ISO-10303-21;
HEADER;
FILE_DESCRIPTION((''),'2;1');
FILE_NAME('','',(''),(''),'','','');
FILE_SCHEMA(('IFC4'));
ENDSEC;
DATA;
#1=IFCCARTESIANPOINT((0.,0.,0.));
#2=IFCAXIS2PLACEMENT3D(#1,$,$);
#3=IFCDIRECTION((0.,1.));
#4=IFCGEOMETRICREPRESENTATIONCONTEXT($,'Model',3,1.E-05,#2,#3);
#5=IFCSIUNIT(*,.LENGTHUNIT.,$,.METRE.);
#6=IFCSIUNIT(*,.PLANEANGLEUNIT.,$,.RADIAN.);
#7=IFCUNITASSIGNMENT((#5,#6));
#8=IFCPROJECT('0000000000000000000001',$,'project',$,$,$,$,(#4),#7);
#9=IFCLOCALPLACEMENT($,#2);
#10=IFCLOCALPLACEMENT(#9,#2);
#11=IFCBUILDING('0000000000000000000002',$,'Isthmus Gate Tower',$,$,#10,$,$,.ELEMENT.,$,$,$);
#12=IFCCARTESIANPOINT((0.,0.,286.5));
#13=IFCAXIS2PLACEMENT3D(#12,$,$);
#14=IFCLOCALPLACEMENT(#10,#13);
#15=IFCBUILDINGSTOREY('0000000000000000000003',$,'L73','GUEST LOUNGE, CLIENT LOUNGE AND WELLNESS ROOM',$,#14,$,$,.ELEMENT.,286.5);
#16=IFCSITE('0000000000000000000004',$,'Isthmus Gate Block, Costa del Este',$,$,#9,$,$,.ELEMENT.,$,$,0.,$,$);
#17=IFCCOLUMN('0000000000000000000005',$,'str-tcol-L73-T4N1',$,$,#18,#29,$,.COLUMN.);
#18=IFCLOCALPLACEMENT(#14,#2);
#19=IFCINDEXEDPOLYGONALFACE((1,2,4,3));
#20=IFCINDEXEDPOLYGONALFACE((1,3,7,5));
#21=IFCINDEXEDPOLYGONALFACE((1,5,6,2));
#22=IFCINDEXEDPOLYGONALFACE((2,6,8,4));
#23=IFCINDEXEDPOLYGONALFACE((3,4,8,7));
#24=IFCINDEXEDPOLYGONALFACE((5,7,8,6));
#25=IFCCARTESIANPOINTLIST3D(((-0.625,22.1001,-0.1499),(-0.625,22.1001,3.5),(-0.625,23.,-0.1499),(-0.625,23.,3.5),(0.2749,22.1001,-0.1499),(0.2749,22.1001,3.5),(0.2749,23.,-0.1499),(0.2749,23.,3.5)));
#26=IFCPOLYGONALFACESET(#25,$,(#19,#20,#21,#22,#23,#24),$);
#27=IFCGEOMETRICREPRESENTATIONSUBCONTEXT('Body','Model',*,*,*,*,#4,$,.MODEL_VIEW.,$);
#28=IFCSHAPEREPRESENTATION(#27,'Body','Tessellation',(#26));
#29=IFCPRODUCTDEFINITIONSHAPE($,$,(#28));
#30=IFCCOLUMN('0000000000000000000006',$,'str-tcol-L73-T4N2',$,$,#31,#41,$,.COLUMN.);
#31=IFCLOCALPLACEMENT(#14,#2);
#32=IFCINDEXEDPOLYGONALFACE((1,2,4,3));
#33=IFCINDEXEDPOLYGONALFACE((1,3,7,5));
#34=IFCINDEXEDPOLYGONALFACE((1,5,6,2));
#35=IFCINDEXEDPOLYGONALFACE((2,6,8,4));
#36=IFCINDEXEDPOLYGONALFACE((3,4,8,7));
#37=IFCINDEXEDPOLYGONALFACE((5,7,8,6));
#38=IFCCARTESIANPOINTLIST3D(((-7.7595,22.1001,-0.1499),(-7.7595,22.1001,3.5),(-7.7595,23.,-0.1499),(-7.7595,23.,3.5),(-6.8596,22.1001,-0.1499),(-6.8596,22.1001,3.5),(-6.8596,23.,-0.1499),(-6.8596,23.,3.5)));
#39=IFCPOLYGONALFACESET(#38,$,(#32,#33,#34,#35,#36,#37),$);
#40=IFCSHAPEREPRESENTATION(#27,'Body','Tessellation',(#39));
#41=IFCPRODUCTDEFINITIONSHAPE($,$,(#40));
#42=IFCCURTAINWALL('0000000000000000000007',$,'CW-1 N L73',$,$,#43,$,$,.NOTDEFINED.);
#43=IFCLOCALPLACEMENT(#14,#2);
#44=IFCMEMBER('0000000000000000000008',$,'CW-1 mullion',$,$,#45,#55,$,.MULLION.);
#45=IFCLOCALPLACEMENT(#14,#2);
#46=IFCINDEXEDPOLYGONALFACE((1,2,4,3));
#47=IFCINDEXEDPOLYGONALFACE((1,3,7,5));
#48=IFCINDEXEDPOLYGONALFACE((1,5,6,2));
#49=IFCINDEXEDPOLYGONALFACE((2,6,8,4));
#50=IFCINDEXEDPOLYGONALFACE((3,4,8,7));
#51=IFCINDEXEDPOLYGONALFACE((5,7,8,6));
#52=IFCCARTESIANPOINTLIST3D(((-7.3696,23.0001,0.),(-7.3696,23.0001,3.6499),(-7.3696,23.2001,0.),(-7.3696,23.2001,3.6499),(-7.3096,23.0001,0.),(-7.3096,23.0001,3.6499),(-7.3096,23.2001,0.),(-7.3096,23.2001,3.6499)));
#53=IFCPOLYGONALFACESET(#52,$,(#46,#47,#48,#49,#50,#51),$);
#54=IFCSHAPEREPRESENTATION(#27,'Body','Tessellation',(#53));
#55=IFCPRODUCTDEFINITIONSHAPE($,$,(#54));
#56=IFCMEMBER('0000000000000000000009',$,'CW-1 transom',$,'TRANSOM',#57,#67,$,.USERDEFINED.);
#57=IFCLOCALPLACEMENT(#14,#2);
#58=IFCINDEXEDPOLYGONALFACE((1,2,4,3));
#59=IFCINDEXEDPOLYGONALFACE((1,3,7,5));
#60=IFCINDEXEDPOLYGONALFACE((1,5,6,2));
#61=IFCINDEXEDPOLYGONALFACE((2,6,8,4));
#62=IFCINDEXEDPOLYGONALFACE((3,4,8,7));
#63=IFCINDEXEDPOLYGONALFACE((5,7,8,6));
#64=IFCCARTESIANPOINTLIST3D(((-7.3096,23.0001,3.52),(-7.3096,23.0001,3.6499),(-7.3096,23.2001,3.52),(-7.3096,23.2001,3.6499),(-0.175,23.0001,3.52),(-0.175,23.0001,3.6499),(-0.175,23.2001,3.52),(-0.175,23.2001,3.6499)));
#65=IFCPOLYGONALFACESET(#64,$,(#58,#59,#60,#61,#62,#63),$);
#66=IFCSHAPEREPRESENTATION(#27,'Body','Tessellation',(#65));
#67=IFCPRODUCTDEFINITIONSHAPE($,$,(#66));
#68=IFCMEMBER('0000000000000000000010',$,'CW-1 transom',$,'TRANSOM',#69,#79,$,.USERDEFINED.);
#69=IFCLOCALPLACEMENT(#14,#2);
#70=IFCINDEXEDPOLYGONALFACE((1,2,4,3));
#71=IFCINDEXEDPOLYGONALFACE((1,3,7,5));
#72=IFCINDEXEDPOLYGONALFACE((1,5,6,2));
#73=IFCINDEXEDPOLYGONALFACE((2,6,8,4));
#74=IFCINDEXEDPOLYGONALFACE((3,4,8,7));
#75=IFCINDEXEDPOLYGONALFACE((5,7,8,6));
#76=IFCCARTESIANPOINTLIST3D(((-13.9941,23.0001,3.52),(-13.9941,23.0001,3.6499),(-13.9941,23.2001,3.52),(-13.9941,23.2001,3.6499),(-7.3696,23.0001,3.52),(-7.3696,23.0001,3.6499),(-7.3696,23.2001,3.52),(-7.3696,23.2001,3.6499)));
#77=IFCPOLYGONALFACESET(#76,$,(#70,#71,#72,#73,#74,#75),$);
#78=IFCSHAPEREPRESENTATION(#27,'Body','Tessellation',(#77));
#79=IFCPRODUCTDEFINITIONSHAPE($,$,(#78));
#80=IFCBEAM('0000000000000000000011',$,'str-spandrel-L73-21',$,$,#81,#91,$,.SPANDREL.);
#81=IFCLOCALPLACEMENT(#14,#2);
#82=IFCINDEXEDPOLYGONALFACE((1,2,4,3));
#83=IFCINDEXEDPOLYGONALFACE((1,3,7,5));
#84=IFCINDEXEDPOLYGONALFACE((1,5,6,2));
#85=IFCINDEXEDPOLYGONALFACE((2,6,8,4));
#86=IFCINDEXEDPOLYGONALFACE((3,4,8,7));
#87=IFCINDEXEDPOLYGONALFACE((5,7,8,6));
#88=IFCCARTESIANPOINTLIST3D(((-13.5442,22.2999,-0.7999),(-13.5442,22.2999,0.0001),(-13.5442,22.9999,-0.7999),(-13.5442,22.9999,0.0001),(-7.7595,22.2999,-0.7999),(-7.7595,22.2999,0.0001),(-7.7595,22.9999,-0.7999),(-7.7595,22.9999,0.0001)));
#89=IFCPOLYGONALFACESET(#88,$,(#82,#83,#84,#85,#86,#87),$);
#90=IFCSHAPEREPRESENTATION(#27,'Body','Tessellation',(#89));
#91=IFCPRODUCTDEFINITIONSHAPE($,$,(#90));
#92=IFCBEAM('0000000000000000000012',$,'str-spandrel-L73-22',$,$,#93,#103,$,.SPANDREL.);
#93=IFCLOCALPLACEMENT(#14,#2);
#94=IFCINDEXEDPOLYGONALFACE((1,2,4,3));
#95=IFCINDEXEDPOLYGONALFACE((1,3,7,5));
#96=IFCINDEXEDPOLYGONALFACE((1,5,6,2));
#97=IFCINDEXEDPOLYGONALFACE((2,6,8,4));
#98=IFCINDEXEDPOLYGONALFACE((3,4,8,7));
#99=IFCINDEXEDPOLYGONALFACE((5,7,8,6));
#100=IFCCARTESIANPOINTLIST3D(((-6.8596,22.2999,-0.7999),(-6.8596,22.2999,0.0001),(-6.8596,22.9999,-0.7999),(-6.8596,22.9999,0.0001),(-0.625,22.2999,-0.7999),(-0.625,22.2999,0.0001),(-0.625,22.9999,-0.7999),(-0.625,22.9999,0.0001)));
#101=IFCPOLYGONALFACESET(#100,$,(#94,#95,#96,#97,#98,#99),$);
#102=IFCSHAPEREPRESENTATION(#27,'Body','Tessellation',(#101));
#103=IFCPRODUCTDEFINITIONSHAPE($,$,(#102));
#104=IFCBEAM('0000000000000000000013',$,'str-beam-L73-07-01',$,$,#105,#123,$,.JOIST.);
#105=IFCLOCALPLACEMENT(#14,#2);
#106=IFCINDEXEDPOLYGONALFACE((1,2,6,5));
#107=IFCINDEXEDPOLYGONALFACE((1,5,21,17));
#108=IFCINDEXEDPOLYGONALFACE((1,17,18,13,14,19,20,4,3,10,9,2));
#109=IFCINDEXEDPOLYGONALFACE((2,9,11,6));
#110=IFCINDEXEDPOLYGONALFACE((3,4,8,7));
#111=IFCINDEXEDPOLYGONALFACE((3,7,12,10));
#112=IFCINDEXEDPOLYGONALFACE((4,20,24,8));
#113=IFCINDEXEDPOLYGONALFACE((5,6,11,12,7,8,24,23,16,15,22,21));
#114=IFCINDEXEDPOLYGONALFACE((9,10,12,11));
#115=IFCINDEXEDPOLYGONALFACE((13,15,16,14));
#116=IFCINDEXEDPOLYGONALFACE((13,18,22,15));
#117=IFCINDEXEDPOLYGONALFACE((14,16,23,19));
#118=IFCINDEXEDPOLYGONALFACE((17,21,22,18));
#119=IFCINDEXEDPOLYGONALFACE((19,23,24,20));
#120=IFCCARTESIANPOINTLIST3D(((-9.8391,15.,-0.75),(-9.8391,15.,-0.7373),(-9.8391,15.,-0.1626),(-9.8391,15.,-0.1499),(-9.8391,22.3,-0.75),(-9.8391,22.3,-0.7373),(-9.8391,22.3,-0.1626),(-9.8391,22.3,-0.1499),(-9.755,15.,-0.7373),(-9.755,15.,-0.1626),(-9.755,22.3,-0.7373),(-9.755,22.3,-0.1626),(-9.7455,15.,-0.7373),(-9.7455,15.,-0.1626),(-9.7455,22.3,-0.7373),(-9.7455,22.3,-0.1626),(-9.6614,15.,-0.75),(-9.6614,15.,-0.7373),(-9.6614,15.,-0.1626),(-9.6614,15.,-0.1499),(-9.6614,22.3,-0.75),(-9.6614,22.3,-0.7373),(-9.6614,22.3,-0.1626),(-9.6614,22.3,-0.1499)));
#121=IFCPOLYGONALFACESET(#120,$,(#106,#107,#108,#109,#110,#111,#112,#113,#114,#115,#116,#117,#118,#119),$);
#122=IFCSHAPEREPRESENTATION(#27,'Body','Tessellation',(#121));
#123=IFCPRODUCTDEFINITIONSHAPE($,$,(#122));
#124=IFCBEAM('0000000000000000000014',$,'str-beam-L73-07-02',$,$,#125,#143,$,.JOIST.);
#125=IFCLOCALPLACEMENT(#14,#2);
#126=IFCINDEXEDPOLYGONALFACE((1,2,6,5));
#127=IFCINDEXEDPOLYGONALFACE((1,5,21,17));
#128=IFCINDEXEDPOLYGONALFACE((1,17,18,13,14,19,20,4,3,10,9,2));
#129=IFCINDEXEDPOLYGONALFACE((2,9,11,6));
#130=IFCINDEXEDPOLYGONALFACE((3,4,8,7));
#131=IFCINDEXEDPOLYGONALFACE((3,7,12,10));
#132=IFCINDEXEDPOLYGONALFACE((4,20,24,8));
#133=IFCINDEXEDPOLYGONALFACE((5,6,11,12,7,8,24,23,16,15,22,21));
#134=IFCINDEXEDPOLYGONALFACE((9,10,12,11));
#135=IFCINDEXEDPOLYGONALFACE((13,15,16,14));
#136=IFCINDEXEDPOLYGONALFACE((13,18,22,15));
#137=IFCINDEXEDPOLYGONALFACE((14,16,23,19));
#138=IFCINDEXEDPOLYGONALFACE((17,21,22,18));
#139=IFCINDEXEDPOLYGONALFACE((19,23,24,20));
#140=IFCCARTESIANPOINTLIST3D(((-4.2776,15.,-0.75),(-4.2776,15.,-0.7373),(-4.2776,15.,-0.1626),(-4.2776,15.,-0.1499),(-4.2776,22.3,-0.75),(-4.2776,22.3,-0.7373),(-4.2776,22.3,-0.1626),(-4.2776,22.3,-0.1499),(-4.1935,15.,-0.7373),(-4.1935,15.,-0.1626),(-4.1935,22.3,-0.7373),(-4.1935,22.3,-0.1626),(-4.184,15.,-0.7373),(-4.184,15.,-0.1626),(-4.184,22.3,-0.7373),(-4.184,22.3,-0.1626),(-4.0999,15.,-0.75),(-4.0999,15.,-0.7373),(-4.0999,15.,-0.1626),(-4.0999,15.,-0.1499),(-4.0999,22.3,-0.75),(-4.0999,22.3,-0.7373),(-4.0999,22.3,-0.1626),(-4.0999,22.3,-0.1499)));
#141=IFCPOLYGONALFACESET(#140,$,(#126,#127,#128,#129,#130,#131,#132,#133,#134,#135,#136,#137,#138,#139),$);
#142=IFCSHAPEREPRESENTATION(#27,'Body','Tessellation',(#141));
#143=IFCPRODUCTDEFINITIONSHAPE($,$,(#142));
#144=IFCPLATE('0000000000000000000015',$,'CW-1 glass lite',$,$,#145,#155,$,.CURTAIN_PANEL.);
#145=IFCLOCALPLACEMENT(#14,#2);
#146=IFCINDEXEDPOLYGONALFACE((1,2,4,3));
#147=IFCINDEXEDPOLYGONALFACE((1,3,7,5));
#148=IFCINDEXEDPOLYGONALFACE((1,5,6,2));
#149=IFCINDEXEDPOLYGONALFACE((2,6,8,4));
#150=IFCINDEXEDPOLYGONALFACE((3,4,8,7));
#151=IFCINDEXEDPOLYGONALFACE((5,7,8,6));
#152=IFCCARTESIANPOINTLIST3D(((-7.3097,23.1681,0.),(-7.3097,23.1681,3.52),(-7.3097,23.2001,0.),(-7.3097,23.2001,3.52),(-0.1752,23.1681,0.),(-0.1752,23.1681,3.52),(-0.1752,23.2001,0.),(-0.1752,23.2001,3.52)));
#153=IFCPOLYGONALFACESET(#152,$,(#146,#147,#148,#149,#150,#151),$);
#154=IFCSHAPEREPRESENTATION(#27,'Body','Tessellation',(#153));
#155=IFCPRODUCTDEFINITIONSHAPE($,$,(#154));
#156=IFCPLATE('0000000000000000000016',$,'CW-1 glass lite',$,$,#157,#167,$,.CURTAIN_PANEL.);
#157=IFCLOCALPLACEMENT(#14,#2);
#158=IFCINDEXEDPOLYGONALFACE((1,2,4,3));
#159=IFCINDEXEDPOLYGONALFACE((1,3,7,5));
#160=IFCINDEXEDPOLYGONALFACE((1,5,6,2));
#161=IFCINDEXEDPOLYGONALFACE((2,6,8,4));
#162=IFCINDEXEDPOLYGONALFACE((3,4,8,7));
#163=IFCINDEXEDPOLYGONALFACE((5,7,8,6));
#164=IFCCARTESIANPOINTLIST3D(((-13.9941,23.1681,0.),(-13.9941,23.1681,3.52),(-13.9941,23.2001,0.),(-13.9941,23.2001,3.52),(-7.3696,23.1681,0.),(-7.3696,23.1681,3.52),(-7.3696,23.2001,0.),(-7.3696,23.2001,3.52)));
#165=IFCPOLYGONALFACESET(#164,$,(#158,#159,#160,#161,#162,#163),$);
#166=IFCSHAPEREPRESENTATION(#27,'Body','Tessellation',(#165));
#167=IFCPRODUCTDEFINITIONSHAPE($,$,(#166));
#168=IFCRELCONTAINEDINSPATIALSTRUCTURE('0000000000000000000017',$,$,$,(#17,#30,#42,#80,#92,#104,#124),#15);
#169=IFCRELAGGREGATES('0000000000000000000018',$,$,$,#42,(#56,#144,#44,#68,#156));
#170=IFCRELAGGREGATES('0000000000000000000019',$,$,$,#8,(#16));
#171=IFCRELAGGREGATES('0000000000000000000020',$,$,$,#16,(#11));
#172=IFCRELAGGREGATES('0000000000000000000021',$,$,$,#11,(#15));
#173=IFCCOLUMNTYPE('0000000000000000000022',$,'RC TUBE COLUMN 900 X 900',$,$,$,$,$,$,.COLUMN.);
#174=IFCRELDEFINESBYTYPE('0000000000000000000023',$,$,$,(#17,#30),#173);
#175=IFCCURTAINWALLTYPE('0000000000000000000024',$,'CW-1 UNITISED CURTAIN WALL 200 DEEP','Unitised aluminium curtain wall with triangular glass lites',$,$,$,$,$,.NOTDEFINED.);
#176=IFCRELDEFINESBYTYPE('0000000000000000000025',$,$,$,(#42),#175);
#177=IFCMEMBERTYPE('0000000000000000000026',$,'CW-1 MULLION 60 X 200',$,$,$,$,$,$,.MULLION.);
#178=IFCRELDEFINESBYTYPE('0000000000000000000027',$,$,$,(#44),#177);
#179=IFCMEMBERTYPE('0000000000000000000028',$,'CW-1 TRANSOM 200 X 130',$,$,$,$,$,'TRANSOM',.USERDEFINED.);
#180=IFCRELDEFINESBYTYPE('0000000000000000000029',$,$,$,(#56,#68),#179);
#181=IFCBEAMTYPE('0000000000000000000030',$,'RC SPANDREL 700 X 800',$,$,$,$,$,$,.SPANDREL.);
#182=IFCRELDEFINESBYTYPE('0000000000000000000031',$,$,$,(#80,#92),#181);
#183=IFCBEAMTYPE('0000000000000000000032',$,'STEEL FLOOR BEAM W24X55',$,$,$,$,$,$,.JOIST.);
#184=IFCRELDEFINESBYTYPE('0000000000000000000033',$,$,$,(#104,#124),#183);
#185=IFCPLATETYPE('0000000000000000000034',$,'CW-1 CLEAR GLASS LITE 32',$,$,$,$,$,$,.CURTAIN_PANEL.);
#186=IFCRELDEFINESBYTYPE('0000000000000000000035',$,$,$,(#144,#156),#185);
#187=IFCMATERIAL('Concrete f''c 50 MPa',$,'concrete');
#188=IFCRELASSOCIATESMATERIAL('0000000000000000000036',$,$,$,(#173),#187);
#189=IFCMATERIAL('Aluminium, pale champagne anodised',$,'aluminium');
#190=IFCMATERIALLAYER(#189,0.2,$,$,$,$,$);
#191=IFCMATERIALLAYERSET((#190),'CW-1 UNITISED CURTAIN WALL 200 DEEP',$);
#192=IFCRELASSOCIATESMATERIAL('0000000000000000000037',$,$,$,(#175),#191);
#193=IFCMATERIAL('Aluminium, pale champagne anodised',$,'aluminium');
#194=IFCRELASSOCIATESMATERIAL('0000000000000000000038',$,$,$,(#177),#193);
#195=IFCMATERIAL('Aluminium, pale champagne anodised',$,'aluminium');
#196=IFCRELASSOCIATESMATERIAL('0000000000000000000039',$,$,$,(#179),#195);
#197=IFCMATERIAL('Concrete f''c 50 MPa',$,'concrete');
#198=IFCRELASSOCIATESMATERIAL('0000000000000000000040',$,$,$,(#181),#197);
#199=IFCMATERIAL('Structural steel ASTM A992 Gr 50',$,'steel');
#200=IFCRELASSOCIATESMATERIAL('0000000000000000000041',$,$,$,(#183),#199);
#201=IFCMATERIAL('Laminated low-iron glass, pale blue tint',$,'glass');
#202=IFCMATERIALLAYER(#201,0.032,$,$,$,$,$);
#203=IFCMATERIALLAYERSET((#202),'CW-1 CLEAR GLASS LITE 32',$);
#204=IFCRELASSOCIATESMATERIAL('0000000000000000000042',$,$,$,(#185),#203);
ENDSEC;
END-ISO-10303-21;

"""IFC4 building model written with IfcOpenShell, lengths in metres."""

from ifc_helpers import new_model, si_unit, direction, frame, origin, origin_2d, place, context, subcontext, project, spatial, rectangle, i_section, extrude, material, layer, layer_set, material_profile, profile_set, type_object, element, aggregate, save


model = new_model("IFC4")

# Units and contexts
model_context = context("Model", 3, precision=1e-05, world=origin(), true_north=direction((0.0, 1.0)))
body_context = subcontext(model_context, "Body", "Model", "MODEL_VIEW")
ifc_project = project(units=[si_unit("LENGTHUNIT", "METRE"), si_unit("PLANEANGLEUNIT", "RADIAN")], contexts=[model_context])

# Site, building, storey
site_placement = place(None, origin())
site = spatial("IfcSite", under=ifc_project, at=site_placement, Name="Isthmus Gate Block, Costa del Este", CompositionType="ELEMENT", RefElevation=0.0)
building_placement = place(site_placement, origin())
building = spatial("IfcBuilding", under=site, at=building_placement, Name="Isthmus Gate Tower", CompositionType="ELEMENT")
storey_placement = place(building_placement, frame((0.0, 0.0, 286.5)))
storey = spatial("IfcBuildingStorey", under=building, at=storey_placement, Name="L73", Description="GUEST LOUNGE, CLIENT LOUNGE AND WELLNESS ROOM", CompositionType="ELEMENT", Elevation=286.5)

# Columns
ifc_material_1 = material(Name="Concrete f'c 50 MPa", Category="concrete")
ifc_material_profile_1 = material_profile(ifc_material_1, rectangle(XDim=0.8999, YDim=0.8999, at=origin_2d()), Name="RC 900X900")
ifc_profile_set_1 = profile_set([ifc_material_profile_1], Name="Concrete f'c 50 MPa")
column_type = type_object("IfcColumnType", Name="RC TUBE COLUMN 900 X 900", PredefinedType="COLUMN", material=ifc_profile_set_1)
for number, where, z_axis, x_axis, name in (
    (1, (-0.175, 22.55, -0.1499), (0.0, 0.0, 1.0), (-1.0, 0.0, 0.0), "str-tcol-L73-T4N1"),
    (2, (-7.3096, 22.55, -0.1499), (0.0, 0.0, 1.0), (-1.0, 0.0, 0.0), "str-tcol-L73-T4N2"),
):
    element("IfcColumn", number, at=place(storey_placement, frame(where, z_axis=z_axis, x_axis=x_axis)), inside=storey, type_object=column_type, Name=name, PredefinedType="COLUMN", context=body_context, shape_type="SweptSolid", body=[
        extrude(rectangle(XDim=0.8999, YDim=0.8999, at=origin_2d()), origin(), (0.0, 0.0, 1.0), 3.6499),
    ])

# Curtain wall, members
ifc_material_2 = material(Name="Aluminium, pale champagne anodised", Category="aluminium")
ifc_layer_1 = layer(ifc_material_2, 0.2)
ifc_layer_set_1 = layer_set([ifc_layer_1], Name="CW-1 UNITISED CURTAIN WALL 200 DEEP")
curtain_wall_type = type_object("IfcCurtainWallType", Name="CW-1 UNITISED CURTAIN WALL 200 DEEP", Description="Unitised aluminium curtain wall with triangular glass lites", PredefinedType="NOTDEFINED", material=ifc_layer_set_1)
curtain_wall_placement = place(storey_placement, origin())
curtain_wall = element("IfcCurtainWall", 3, at=curtain_wall_placement, inside=storey, type_object=curtain_wall_type, Name="CW-1 N L73", PredefinedType="NOTDEFINED")
ifc_material_3 = material(Name="Aluminium, pale champagne anodised", Category="aluminium")
ifc_material_profile_2 = material_profile(ifc_material_3, rectangle(XDim=0.0601, YDim=0.2, at=origin_2d()), Name="60x200")
ifc_profile_set_2 = profile_set([ifc_material_profile_2], Name="Aluminium, pale champagne anodised")
member_type_1 = type_object("IfcMemberType", Name="CW-1 MULLION 60 X 200", PredefinedType="MULLION", material=ifc_profile_set_2)
member_1_placement = place(storey_placement, frame((-7.3396, 23.1001, 0.0), z_axis=(0.0, 0.0, 1.0), x_axis=(-1.0, 0.0, 0.0)))
member_1 = element("IfcMember", 4, at=member_1_placement, type_object=member_type_1, Name="CW-1 mullion", PredefinedType="MULLION", context=body_context, shape_type="SweptSolid", body=[
    extrude(rectangle(XDim=0.0601, YDim=0.2, at=origin_2d()), origin(), (0.0, 0.0, 1.0), 3.6499),
])
ifc_material_4 = material(Name="Aluminium, pale champagne anodised", Category="aluminium")
ifc_material_profile_3 = material_profile(ifc_material_4, rectangle(XDim=0.2, YDim=0.1299, at=origin_2d()), Name="200x130")
ifc_profile_set_3 = profile_set([ifc_material_profile_3], Name="Aluminium, pale champagne anodised")
member_type_2 = type_object("IfcMemberType", Name="CW-1 TRANSOM 200 X 130", ElementType="TRANSOM", PredefinedType="USERDEFINED", material=ifc_profile_set_3)
member_2_placement = place(storey_placement, frame((-0.175, 23.1001, 3.585), z_axis=(-1.0, 0.0, 0.0), x_axis=(0.0, -1.0, 0.0)))
member_2 = element("IfcMember", 5, at=member_2_placement, type_object=member_type_2, Name="CW-1 transom", ObjectType="TRANSOM", PredefinedType="USERDEFINED", context=body_context, shape_type="SweptSolid", body=[
    extrude(rectangle(XDim=0.2, YDim=0.1299, at=origin_2d()), origin(), (0.0, 0.0, 1.0), 7.1345),
])
member_3_placement = place(storey_placement, frame((-7.3696, 23.1001, 3.585), z_axis=(-1.0, 0.0, 0.0), x_axis=(0.0, -1.0, 0.0)))
member_3 = element("IfcMember", 6, at=member_3_placement, type_object=member_type_2, Name="CW-1 transom", ObjectType="TRANSOM", PredefinedType="USERDEFINED", context=body_context, shape_type="SweptSolid", body=[
    extrude(rectangle(XDim=0.2, YDim=0.1299, at=origin_2d()), origin(), (0.0, 0.0, 1.0), 6.6245),
])

# Beams
ifc_material_5 = material(Name="Concrete f'c 50 MPa", Category="concrete")
ifc_material_profile_4 = material_profile(ifc_material_5, rectangle(XDim=0.7, YDim=0.8, at=origin_2d()), Name="RC 700X800")
ifc_profile_set_4 = profile_set([ifc_material_profile_4], Name="Concrete f'c 50 MPa")
beam_type_1 = type_object("IfcBeamType", Name="RC SPANDREL 700 X 800", PredefinedType="SPANDREL", material=ifc_profile_set_4)
beam_1_placement = place(storey_placement, frame((-13.5442, 22.6499, -0.3999), z_axis=(1.0, 0.0, 0.0), x_axis=(0.0, 1.0, 0.0)))
element("IfcBeam", 7, at=beam_1_placement, inside=storey, type_object=beam_type_1, Name="str-spandrel-L73-21", PredefinedType="SPANDREL", context=body_context, shape_type="SweptSolid", body=[
    extrude(rectangle(XDim=0.7, YDim=0.8, at=origin_2d()), origin(), (0.0, 0.0, 1.0), 5.7847),
])
beam_2_placement = place(storey_placement, frame((-6.8596, 22.6499, -0.3999), z_axis=(1.0, 0.0, 0.0), x_axis=(0.0, 1.0, 0.0)))
element("IfcBeam", 8, at=beam_2_placement, inside=storey, type_object=beam_type_1, Name="str-spandrel-L73-22", PredefinedType="SPANDREL", context=body_context, shape_type="SweptSolid", body=[
    extrude(rectangle(XDim=0.7, YDim=0.8, at=origin_2d()), origin(), (0.0, 0.0, 1.0), 6.2346),
])
ifc_material_6 = material(Name="Structural steel ASTM A992 Gr 50", Category="steel")
ifc_material_profile_5 = material_profile(ifc_material_6, i_section(OverallWidth=0.1777, OverallDepth=0.6001, WebThickness=0.0095, FlangeThickness=0.0127, at=origin_2d()), Name="W24X55")
ifc_profile_set_5 = profile_set([ifc_material_profile_5], Name="Structural steel ASTM A992 Gr 50")
beam_type_2 = type_object("IfcBeamType", Name="STEEL FLOOR BEAM W24X55", PredefinedType="JOIST", material=ifc_profile_set_5)
for number, where, z_axis, x_axis, name in (
    (9, (-9.7502, 15.0, -0.45), (0.0, 1.0, 0.0), (-1.0, 0.0, 0.0), "str-beam-L73-07-01"),
    (10, (-4.1887, 15.0, -0.45), (0.0, 1.0, 0.0), (-1.0, 0.0, 0.0), "str-beam-L73-07-02"),
):
    element("IfcBeam", number, at=place(storey_placement, frame(where, z_axis=z_axis, x_axis=x_axis)), inside=storey, type_object=beam_type_2, Name=name, PredefinedType="JOIST", context=body_context, shape_type="SweptSolid", body=[
        extrude(i_section(OverallWidth=0.1777, OverallDepth=0.6001, WebThickness=0.0095, FlangeThickness=0.0127, at=origin_2d()), origin(), (0.0, 0.0, 1.0), 7.3),
    ])

# Plates
ifc_material_7 = material(Name="Laminated low-iron glass, pale blue tint", Category="glass")
ifc_layer_2 = layer(ifc_material_7, 0.032)
ifc_layer_set_2 = layer_set([ifc_layer_2], Name="CW-1 CLEAR GLASS LITE 32")
plate_type = type_object("IfcPlateType", Name="CW-1 CLEAR GLASS LITE 32", PredefinedType="CURTAIN_PANEL", material=ifc_layer_set_2)
plate_1_placement = place(storey_placement, frame((-3.7424, 23.1841, 0.0), z_axis=(0.0, 0.0, 1.0), x_axis=(-1.0, 0.0, 0.0)))
plate_1 = element("IfcPlate", 11, at=plate_1_placement, type_object=plate_type, Name="CW-1 glass lite", PredefinedType="CURTAIN_PANEL", context=body_context, shape_type="SweptSolid", body=[
    extrude(rectangle(XDim=7.1345, YDim=0.032, at=origin_2d()), origin(), (0.0, 0.0, 1.0), 3.52),
])
plate_2_placement = place(storey_placement, frame((-10.6819, 23.1841, 0.0), z_axis=(0.0, 0.0, 1.0), x_axis=(-1.0, 0.0, 0.0)))
plate_2 = element("IfcPlate", 12, at=plate_2_placement, type_object=plate_type, Name="CW-1 glass lite", PredefinedType="CURTAIN_PANEL", context=body_context, shape_type="SweptSolid", body=[
    extrude(rectangle(XDim=6.6245, YDim=0.032, at=origin_2d()), origin(), (0.0, 0.0, 1.0), 3.52),
])
aggregate(curtain_wall, [member_2, plate_1, member_1, member_3, plate_2])

save(model, "model.ifc")
